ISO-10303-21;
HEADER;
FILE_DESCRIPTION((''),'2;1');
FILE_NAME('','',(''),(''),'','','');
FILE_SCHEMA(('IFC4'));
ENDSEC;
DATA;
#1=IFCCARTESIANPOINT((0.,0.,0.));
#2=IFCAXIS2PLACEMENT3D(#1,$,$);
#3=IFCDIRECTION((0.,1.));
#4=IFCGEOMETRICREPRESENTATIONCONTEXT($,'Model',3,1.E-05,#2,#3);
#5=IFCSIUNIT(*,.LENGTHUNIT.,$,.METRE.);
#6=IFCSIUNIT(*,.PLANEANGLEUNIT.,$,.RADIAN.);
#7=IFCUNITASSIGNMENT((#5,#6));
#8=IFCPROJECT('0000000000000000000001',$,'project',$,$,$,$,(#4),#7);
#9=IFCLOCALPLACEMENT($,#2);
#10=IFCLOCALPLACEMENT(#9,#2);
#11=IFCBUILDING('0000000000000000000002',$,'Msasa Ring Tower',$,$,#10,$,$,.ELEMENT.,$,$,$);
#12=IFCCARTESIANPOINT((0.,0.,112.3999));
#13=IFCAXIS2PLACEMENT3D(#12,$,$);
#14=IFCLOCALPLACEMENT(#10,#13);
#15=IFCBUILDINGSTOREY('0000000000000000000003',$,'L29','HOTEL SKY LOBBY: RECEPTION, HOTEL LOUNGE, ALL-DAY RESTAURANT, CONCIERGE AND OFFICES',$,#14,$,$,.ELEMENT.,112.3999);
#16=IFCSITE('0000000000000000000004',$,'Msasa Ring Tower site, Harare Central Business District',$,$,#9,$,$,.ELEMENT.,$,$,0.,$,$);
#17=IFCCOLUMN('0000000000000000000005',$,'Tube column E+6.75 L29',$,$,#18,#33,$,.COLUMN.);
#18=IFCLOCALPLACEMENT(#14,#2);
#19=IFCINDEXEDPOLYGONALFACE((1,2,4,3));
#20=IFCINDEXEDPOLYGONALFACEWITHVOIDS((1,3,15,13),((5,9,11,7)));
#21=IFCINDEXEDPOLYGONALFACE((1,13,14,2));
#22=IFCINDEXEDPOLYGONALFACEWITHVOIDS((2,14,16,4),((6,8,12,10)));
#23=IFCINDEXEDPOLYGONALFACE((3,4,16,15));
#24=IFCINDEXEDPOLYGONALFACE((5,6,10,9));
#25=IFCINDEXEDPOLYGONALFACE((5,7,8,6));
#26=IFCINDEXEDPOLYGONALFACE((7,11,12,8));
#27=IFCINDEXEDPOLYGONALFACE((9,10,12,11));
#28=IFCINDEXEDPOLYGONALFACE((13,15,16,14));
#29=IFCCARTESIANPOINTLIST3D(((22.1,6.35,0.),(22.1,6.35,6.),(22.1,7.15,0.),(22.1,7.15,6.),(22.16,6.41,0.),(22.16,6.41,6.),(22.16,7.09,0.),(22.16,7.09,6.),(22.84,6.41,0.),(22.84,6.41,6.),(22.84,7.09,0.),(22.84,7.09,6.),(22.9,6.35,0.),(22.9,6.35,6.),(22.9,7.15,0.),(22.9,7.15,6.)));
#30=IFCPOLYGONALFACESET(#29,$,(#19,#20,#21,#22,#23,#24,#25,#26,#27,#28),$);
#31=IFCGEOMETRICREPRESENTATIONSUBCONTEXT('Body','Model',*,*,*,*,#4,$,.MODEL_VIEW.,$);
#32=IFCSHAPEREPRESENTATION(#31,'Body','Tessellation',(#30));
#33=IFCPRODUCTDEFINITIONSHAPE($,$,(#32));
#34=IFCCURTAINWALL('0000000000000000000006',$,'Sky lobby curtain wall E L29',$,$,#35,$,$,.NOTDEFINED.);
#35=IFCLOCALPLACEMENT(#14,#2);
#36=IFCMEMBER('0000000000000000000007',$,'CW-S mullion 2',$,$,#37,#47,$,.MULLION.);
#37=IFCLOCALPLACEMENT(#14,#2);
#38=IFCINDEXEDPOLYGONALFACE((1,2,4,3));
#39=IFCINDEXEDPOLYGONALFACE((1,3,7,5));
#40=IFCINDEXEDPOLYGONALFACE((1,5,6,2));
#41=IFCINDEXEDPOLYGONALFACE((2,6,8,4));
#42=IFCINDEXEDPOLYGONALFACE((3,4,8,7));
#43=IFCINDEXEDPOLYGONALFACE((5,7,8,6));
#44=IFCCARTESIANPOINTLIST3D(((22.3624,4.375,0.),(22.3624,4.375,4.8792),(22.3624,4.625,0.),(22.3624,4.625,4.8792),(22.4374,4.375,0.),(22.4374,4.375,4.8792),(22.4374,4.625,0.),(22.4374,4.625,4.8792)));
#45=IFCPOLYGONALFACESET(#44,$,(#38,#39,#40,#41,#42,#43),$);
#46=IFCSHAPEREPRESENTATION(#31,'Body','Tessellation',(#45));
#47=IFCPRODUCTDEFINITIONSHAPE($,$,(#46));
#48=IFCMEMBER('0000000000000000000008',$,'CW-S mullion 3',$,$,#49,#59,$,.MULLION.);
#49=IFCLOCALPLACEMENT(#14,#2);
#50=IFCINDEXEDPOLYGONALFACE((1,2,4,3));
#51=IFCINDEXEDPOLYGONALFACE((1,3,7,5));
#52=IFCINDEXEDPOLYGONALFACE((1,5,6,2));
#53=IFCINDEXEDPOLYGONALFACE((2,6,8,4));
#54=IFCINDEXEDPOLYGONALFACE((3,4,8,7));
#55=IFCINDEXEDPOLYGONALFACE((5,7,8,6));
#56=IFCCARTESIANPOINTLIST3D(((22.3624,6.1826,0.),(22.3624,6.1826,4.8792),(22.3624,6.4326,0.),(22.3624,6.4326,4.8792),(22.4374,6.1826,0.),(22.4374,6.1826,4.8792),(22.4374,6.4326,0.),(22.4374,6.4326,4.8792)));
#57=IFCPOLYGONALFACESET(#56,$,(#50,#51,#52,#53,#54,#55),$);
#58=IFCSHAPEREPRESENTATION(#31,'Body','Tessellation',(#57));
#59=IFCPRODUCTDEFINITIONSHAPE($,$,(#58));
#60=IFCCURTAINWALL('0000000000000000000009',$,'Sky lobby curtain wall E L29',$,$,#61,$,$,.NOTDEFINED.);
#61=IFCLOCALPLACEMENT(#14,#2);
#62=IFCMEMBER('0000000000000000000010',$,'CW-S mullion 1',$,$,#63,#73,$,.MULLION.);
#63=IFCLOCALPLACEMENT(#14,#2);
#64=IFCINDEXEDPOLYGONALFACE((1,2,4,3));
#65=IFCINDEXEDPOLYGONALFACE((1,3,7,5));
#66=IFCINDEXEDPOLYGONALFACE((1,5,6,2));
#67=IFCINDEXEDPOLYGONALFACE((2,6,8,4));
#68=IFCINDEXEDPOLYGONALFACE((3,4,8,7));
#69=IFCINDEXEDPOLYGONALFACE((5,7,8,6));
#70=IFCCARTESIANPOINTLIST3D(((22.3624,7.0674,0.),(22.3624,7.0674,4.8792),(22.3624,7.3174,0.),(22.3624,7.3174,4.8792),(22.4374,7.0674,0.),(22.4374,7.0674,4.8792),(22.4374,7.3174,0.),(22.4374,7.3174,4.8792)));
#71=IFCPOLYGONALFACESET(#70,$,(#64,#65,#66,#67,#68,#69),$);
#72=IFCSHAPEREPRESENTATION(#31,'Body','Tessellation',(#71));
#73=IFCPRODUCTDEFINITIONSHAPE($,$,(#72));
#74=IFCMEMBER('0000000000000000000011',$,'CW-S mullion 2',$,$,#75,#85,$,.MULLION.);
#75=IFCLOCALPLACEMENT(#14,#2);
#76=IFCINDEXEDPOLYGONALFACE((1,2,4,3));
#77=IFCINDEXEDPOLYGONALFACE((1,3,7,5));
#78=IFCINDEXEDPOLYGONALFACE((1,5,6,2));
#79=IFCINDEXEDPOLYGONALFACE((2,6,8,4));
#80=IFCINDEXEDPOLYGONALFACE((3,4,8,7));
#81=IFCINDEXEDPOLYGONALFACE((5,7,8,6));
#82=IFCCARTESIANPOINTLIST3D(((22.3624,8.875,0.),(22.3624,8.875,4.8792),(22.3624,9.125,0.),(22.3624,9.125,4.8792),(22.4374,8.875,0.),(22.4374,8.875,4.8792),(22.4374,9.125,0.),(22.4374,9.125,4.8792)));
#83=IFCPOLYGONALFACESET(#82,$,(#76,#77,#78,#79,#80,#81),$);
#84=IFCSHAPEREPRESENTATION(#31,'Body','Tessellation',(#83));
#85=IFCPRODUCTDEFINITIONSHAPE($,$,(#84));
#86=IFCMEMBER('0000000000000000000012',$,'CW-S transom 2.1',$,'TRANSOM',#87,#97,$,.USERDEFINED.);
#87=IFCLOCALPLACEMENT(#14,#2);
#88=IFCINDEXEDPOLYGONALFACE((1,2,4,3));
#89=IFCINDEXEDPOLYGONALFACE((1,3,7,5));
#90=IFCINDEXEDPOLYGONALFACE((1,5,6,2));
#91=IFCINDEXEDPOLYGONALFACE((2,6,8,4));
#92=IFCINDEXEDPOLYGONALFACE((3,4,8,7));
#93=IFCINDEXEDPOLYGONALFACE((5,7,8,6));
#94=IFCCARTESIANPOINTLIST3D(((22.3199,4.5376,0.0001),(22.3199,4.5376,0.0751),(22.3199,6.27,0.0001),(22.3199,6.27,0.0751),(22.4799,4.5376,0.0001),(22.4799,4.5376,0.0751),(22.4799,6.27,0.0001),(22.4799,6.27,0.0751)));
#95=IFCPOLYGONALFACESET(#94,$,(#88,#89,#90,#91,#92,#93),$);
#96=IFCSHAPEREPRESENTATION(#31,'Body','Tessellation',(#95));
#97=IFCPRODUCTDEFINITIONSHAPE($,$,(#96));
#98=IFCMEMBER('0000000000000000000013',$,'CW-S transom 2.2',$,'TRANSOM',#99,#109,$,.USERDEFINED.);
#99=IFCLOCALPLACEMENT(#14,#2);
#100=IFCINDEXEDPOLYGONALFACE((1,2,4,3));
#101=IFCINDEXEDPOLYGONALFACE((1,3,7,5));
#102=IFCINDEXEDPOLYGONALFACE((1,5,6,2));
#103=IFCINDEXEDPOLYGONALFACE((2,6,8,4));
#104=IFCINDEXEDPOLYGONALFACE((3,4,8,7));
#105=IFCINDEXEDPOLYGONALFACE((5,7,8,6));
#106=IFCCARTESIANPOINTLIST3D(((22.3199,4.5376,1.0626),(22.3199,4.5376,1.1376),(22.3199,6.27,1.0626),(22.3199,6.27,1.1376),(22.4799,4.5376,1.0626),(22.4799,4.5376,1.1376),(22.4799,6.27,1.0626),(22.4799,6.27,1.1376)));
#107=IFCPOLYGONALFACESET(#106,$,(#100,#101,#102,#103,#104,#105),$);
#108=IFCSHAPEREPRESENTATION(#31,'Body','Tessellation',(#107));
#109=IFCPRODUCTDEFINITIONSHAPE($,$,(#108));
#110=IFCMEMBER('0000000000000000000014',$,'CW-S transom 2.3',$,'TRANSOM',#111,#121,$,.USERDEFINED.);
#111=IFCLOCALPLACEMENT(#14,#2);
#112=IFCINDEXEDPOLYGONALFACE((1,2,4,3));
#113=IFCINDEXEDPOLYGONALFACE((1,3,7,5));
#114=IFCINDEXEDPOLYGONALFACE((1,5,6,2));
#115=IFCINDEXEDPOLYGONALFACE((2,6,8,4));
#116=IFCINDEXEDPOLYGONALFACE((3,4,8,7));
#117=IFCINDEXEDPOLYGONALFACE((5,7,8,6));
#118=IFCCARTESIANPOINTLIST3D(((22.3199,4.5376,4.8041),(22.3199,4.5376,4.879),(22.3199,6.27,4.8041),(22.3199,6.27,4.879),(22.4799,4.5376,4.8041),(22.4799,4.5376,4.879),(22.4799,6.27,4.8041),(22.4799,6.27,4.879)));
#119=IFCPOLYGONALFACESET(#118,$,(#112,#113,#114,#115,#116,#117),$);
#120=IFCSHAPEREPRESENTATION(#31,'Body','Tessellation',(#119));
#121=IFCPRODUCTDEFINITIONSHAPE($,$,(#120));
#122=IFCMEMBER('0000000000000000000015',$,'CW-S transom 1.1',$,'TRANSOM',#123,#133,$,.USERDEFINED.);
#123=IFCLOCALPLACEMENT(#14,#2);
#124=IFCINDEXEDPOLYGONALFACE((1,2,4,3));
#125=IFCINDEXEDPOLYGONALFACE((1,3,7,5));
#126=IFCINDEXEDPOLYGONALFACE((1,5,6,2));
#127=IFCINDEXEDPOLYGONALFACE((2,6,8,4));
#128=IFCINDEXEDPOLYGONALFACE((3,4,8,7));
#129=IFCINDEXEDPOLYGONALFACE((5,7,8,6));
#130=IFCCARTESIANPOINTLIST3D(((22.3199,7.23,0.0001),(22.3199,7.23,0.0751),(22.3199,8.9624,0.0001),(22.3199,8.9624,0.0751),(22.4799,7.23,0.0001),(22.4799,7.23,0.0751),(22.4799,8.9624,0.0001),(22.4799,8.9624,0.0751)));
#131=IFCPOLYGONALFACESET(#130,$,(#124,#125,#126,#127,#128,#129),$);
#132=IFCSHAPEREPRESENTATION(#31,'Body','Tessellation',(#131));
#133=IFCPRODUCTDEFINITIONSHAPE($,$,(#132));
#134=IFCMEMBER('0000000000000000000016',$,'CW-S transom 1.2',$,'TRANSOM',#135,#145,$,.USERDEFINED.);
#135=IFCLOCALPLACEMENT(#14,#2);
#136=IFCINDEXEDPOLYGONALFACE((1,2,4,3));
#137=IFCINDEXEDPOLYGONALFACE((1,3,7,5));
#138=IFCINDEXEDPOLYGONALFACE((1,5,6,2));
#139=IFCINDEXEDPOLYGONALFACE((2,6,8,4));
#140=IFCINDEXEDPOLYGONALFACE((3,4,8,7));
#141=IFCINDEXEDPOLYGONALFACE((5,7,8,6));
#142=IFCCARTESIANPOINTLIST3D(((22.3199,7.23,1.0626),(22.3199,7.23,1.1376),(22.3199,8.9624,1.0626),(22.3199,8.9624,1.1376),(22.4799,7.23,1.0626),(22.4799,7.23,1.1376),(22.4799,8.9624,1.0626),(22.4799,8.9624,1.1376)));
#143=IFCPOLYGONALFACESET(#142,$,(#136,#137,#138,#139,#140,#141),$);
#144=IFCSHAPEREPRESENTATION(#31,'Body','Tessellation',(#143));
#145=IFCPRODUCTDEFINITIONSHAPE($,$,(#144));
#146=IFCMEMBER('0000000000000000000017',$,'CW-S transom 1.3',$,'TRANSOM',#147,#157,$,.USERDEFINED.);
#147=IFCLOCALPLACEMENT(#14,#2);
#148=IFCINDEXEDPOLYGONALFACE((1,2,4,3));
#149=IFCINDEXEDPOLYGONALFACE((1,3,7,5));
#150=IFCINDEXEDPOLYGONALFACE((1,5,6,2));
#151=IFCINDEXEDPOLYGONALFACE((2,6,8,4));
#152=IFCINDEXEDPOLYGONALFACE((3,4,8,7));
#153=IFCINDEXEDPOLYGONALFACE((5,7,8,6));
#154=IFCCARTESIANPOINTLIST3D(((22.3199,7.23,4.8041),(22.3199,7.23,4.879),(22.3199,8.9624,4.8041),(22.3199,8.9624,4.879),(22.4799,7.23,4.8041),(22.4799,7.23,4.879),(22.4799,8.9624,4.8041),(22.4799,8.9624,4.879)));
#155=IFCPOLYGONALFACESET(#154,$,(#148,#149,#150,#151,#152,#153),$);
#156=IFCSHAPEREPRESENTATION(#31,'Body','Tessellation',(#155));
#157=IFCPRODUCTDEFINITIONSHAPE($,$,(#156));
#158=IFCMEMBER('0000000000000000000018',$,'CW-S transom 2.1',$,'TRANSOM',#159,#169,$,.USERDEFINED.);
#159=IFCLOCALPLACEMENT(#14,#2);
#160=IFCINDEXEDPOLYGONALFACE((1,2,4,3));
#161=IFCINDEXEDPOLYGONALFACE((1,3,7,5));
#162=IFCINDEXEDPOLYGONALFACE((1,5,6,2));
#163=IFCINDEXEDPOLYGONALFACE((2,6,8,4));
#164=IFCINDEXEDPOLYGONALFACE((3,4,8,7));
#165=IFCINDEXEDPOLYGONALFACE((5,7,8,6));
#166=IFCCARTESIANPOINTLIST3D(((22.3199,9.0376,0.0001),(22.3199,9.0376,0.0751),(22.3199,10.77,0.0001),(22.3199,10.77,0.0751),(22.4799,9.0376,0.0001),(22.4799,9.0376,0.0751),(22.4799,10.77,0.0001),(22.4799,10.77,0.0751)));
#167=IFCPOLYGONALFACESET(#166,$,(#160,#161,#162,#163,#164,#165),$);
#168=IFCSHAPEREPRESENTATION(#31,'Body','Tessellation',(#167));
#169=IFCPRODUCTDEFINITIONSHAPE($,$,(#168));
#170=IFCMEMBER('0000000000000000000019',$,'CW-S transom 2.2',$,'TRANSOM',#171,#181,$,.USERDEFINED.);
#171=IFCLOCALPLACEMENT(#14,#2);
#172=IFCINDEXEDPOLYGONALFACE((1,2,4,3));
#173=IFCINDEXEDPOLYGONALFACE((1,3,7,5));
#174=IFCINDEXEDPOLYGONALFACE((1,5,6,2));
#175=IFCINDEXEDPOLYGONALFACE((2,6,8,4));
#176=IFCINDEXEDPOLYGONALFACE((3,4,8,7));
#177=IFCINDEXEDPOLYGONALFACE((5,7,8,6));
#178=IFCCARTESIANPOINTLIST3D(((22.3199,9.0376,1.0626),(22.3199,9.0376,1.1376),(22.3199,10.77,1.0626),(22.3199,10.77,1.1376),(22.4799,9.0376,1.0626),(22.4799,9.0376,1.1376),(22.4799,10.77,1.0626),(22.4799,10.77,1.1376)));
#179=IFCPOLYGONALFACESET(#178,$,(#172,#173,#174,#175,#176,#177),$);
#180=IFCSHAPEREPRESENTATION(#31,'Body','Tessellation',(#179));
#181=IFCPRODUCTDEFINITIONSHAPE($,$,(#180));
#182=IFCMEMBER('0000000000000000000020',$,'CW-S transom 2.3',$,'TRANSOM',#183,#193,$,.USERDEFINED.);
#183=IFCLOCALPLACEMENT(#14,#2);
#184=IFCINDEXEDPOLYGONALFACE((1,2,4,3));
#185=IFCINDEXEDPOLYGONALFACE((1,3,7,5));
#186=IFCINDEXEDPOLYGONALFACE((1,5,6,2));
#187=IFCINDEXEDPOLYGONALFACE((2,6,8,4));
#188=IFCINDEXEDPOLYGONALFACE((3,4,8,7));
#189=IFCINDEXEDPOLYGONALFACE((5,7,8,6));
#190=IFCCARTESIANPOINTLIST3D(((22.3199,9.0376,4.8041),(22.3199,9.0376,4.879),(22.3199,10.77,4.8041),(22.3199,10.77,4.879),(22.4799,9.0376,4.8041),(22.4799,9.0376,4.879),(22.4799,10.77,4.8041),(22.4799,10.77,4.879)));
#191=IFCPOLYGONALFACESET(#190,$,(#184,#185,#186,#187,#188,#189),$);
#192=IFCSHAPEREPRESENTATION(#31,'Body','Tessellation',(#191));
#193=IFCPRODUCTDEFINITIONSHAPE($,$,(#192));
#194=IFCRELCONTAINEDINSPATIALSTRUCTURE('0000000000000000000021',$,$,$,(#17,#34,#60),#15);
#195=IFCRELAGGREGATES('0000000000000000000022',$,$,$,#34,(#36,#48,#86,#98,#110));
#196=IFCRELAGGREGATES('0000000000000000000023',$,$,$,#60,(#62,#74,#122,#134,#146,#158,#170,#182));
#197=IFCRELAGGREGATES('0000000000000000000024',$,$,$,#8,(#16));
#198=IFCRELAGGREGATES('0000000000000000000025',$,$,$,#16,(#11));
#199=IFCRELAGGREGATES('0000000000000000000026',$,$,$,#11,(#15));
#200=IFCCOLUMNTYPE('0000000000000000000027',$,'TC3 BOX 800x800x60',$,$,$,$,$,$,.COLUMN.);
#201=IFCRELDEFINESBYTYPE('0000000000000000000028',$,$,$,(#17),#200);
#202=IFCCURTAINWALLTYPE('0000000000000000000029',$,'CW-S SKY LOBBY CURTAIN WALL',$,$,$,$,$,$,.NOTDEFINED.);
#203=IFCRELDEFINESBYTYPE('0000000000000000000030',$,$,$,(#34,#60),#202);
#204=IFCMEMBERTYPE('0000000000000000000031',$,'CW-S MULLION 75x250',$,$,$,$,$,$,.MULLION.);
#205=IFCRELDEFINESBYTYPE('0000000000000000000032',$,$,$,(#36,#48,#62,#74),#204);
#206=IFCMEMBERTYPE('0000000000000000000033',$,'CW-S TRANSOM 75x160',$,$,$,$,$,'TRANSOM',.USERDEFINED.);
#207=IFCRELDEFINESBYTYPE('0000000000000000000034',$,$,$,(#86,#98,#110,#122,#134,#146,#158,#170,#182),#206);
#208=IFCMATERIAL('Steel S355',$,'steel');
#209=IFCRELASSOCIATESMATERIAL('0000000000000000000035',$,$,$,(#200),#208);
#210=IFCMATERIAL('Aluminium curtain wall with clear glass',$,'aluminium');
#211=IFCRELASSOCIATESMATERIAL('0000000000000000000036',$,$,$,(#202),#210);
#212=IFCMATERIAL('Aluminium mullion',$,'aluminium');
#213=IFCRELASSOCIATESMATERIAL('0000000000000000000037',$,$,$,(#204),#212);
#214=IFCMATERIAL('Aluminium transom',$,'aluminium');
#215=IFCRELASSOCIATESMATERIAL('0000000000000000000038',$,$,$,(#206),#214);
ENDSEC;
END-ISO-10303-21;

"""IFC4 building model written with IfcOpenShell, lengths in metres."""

from ifc_helpers import new_model, si_unit, direction, frame, origin, origin_2d, place, context, subcontext, project, spatial, rectangle, hollow_rectangle, extrude, material, material_profile, profile_set, type_object, element, aggregate, save


model = new_model("IFC4")

# Units and contexts
model_context = context("Model", 3, precision=1e-05, world=origin(), true_north=direction((0.0, 1.0)))
body_context = subcontext(model_context, "Body", "Model", "MODEL_VIEW")
ifc_project = project(units=[si_unit("LENGTHUNIT", "METRE"), si_unit("PLANEANGLEUNIT", "RADIAN")], contexts=[model_context])

# Site, building, storey
site_placement = place(None, origin())
site = spatial("IfcSite", under=ifc_project, at=site_placement, Name="Msasa Ring Tower site, Harare Central Business District", CompositionType="ELEMENT", RefElevation=0.0)
building_placement = place(site_placement, origin())
building = spatial("IfcBuilding", under=site, at=building_placement, Name="Msasa Ring Tower", CompositionType="ELEMENT")
storey_placement = place(building_placement, frame((0.0, 0.0, 112.3999)))
storey = spatial("IfcBuildingStorey", under=building, at=storey_placement, Name="L29", Description="HOTEL SKY LOBBY: RECEPTION, HOTEL LOUNGE, ALL-DAY RESTAURANT, CONCIERGE AND OFFICES", CompositionType="ELEMENT", Elevation=112.3999)

# Column
ifc_material_1 = material(Name="Steel S355", Category="steel")
ifc_material_profile_1 = material_profile(ifc_material_1, hollow_rectangle(XDim=0.8, YDim=0.8, WallThickness=0.0601, at=origin_2d()), Name="BOX 800x800x60")
ifc_profile_set_1 = profile_set([ifc_material_profile_1], Name="Steel S355")
column_type = type_object("IfcColumnType", Name="TC3 BOX 800x800x60", PredefinedType="COLUMN", material=ifc_profile_set_1)
column_placement = place(storey_placement, frame((22.5, 6.75, 0.0), z_axis=(0.0, 0.0, 1.0), x_axis=(1.0, 0.0, 0.0)))
element("IfcColumn", 1, at=column_placement, inside=storey, type_object=column_type, Name="Tube column E+6.75 L29", PredefinedType="COLUMN", context=body_context, shape_type="SweptSolid", body=[
    extrude(hollow_rectangle(XDim=0.8, YDim=0.8, WallThickness=0.0601, at=origin_2d()), origin(), (0.0, 0.0, 1.0), 6.0),
])

# Curtain walls, members
ifc_material_2 = material(Name="Aluminium curtain wall with clear glass", Category="aluminium")
curtain_wall_type = type_object("IfcCurtainWallType", Name="CW-S SKY LOBBY CURTAIN WALL", PredefinedType="NOTDEFINED", material=ifc_material_2)
curtain_wall_1_placement = place(storey_placement, origin())
curtain_wall_1 = element("IfcCurtainWall", 2, at=curtain_wall_1_placement, inside=storey, type_object=curtain_wall_type, Name="Sky lobby curtain wall E L29", PredefinedType="NOTDEFINED")
ifc_material_3 = material(Name="Aluminium mullion", Category="aluminium")
ifc_material_profile_2 = material_profile(ifc_material_3, rectangle(XDim=0.075, YDim=0.25, at=origin_2d()), Name="AL 75x250")
ifc_profile_set_2 = profile_set([ifc_material_profile_2], Name="Aluminium mullion")
member_type_1 = type_object("IfcMemberType", Name="CW-S MULLION 75x250", PredefinedType="MULLION", material=ifc_profile_set_2)
member_1_placement = place(storey_placement, frame((22.3999, 4.5, 0.0), z_axis=(0.0, 0.0, 1.0), x_axis=(-1.0, 0.0, 0.0)))
member_1 = element("IfcMember", 3, at=member_1_placement, type_object=member_type_1, Name="CW-S mullion 2", PredefinedType="MULLION", context=body_context, shape_type="SweptSolid", body=[
    extrude(rectangle(XDim=0.075, YDim=0.25, at=origin_2d()), origin(), (0.0, 0.0, 1.0), 4.8792),
])
member_2_placement = place(storey_placement, frame((22.3999, 6.3076, 0.0), z_axis=(0.0, 0.0, 1.0), x_axis=(-1.0, 0.0, 0.0)))
member_2 = element("IfcMember", 4, at=member_2_placement, type_object=member_type_1, Name="CW-S mullion 3", PredefinedType="MULLION", context=body_context, shape_type="SweptSolid", body=[
    extrude(rectangle(XDim=0.075, YDim=0.25, at=origin_2d()), origin(), (0.0, 0.0, 1.0), 4.8792),
])
curtain_wall_2_placement = place(storey_placement, origin())
curtain_wall_2 = element("IfcCurtainWall", 5, at=curtain_wall_2_placement, inside=storey, type_object=curtain_wall_type, Name="Sky lobby curtain wall E L29", PredefinedType="NOTDEFINED")
member_3_placement = place(storey_placement, frame((22.3999, 7.1924, 0.0), z_axis=(0.0, 0.0, 1.0), x_axis=(-1.0, 0.0, 0.0)))
member_3 = element("IfcMember", 6, at=member_3_placement, type_object=member_type_1, Name="CW-S mullion 1", PredefinedType="MULLION", context=body_context, shape_type="SweptSolid", body=[
    extrude(rectangle(XDim=0.075, YDim=0.25, at=origin_2d()), origin(), (0.0, 0.0, 1.0), 4.8792),
])
member_4_placement = place(storey_placement, frame((22.3999, 9.0, 0.0), z_axis=(0.0, 0.0, 1.0), x_axis=(-1.0, 0.0, 0.0)))
member_4 = element("IfcMember", 7, at=member_4_placement, type_object=member_type_1, Name="CW-S mullion 2", PredefinedType="MULLION", context=body_context, shape_type="SweptSolid", body=[
    extrude(rectangle(XDim=0.075, YDim=0.25, at=origin_2d()), origin(), (0.0, 0.0, 1.0), 4.8792),
])

# Members
ifc_material_4 = material(Name="Aluminium transom", Category="aluminium")
ifc_material_profile_3 = material_profile(ifc_material_4, rectangle(XDim=0.1599, YDim=0.075, at=origin_2d()), Name="AL 75x160")
ifc_profile_set_3 = profile_set([ifc_material_profile_3], Name="Aluminium transom")
member_type_2 = type_object("IfcMemberType", Name="CW-S TRANSOM 75x160", ElementType="TRANSOM", PredefinedType="USERDEFINED", material=ifc_profile_set_3)
member_5_placement = place(storey_placement, frame((22.3999, 4.5376, 0.0376), z_axis=(0.0, 1.0, 0.0), x_axis=(-1.0, 0.0, 0.0)))
member_5 = element("IfcMember", 8, at=member_5_placement, type_object=member_type_2, Name="CW-S transom 2.1", ObjectType="TRANSOM", PredefinedType="USERDEFINED", context=body_context, shape_type="SweptSolid", body=[
    extrude(rectangle(XDim=0.1599, YDim=0.075, at=origin_2d()), origin(), (0.0, 0.0, 1.0), 1.7324),
])
member_6_placement = place(storey_placement, frame((22.3999, 4.5376, 1.1001), z_axis=(0.0, 1.0, 0.0), x_axis=(-1.0, 0.0, 0.0)))
member_6 = element("IfcMember", 9, at=member_6_placement, type_object=member_type_2, Name="CW-S transom 2.2", ObjectType="TRANSOM", PredefinedType="USERDEFINED", context=body_context, shape_type="SweptSolid", body=[
    extrude(rectangle(XDim=0.1599, YDim=0.075, at=origin_2d()), origin(), (0.0, 0.0, 1.0), 1.7324),
])
member_7_placement = place(storey_placement, frame((22.3999, 4.5376, 4.8416), z_axis=(0.0, 1.0, 0.0), x_axis=(-1.0, 0.0, 0.0)))
member_7 = element("IfcMember", 10, at=member_7_placement, type_object=member_type_2, Name="CW-S transom 2.3", ObjectType="TRANSOM", PredefinedType="USERDEFINED", context=body_context, shape_type="SweptSolid", body=[
    extrude(rectangle(XDim=0.1599, YDim=0.075, at=origin_2d()), origin(), (0.0, 0.0, 1.0), 1.7324),
])
member_8_placement = place(storey_placement, frame((22.3999, 7.23, 0.0376), z_axis=(0.0, 1.0, 0.0), x_axis=(-1.0, 0.0, 0.0)))
member_8 = element("IfcMember", 11, at=member_8_placement, type_object=member_type_2, Name="CW-S transom 1.1", ObjectType="TRANSOM", PredefinedType="USERDEFINED", context=body_context, shape_type="SweptSolid", body=[
    extrude(rectangle(XDim=0.1599, YDim=0.075, at=origin_2d()), origin(), (0.0, 0.0, 1.0), 1.7324),
])
member_9_placement = place(storey_placement, frame((22.3999, 7.23, 1.1001), z_axis=(0.0, 1.0, 0.0), x_axis=(-1.0, 0.0, 0.0)))
member_9 = element("IfcMember", 12, at=member_9_placement, type_object=member_type_2, Name="CW-S transom 1.2", ObjectType="TRANSOM", PredefinedType="USERDEFINED", context=body_context, shape_type="SweptSolid", body=[
    extrude(rectangle(XDim=0.1599, YDim=0.075, at=origin_2d()), origin(), (0.0, 0.0, 1.0), 1.7324),
])
member_10_placement = place(storey_placement, frame((22.3999, 7.23, 4.8416), z_axis=(0.0, 1.0, 0.0), x_axis=(-1.0, 0.0, 0.0)))
member_10 = element("IfcMember", 13, at=member_10_placement, type_object=member_type_2, Name="CW-S transom 1.3", ObjectType="TRANSOM", PredefinedType="USERDEFINED", context=body_context, shape_type="SweptSolid", body=[
    extrude(rectangle(XDim=0.1599, YDim=0.075, at=origin_2d()), origin(), (0.0, 0.0, 1.0), 1.7324),
])
member_11_placement = place(storey_placement, frame((22.3999, 9.0376, 0.0376), z_axis=(0.0, 1.0, 0.0), x_axis=(-1.0, 0.0, 0.0)))
member_11 = element("IfcMember", 14, at=member_11_placement, type_object=member_type_2, Name="CW-S transom 2.1", ObjectType="TRANSOM", PredefinedType="USERDEFINED", context=body_context, shape_type="SweptSolid", body=[
    extrude(rectangle(XDim=0.1599, YDim=0.075, at=origin_2d()), origin(), (0.0, 0.0, 1.0), 1.7324),
])
member_12_placement = place(storey_placement, frame((22.3999, 9.0376, 1.1001), z_axis=(0.0, 1.0, 0.0), x_axis=(-1.0, 0.0, 0.0)))
member_12 = element("IfcMember", 15, at=member_12_placement, type_object=member_type_2, Name="CW-S transom 2.2", ObjectType="TRANSOM", PredefinedType="USERDEFINED", context=body_context, shape_type="SweptSolid", body=[
    extrude(rectangle(XDim=0.1599, YDim=0.075, at=origin_2d()), origin(), (0.0, 0.0, 1.0), 1.7324),
])
member_13_placement = place(storey_placement, frame((22.3999, 9.0376, 4.8416), z_axis=(0.0, 1.0, 0.0), x_axis=(-1.0, 0.0, 0.0)))
member_13 = element("IfcMember", 16, at=member_13_placement, type_object=member_type_2, Name="CW-S transom 2.3", ObjectType="TRANSOM", PredefinedType="USERDEFINED", context=body_context, shape_type="SweptSolid", body=[
    extrude(rectangle(XDim=0.1599, YDim=0.075, at=origin_2d()), origin(), (0.0, 0.0, 1.0), 1.7324),
])

aggregate(curtain_wall_1, [member_1, member_2, member_5, member_6, member_7])
aggregate(curtain_wall_2, [member_3, member_4, member_8, member_9, member_10, member_11, member_12, member_13])

save(model, "model.ifc")
